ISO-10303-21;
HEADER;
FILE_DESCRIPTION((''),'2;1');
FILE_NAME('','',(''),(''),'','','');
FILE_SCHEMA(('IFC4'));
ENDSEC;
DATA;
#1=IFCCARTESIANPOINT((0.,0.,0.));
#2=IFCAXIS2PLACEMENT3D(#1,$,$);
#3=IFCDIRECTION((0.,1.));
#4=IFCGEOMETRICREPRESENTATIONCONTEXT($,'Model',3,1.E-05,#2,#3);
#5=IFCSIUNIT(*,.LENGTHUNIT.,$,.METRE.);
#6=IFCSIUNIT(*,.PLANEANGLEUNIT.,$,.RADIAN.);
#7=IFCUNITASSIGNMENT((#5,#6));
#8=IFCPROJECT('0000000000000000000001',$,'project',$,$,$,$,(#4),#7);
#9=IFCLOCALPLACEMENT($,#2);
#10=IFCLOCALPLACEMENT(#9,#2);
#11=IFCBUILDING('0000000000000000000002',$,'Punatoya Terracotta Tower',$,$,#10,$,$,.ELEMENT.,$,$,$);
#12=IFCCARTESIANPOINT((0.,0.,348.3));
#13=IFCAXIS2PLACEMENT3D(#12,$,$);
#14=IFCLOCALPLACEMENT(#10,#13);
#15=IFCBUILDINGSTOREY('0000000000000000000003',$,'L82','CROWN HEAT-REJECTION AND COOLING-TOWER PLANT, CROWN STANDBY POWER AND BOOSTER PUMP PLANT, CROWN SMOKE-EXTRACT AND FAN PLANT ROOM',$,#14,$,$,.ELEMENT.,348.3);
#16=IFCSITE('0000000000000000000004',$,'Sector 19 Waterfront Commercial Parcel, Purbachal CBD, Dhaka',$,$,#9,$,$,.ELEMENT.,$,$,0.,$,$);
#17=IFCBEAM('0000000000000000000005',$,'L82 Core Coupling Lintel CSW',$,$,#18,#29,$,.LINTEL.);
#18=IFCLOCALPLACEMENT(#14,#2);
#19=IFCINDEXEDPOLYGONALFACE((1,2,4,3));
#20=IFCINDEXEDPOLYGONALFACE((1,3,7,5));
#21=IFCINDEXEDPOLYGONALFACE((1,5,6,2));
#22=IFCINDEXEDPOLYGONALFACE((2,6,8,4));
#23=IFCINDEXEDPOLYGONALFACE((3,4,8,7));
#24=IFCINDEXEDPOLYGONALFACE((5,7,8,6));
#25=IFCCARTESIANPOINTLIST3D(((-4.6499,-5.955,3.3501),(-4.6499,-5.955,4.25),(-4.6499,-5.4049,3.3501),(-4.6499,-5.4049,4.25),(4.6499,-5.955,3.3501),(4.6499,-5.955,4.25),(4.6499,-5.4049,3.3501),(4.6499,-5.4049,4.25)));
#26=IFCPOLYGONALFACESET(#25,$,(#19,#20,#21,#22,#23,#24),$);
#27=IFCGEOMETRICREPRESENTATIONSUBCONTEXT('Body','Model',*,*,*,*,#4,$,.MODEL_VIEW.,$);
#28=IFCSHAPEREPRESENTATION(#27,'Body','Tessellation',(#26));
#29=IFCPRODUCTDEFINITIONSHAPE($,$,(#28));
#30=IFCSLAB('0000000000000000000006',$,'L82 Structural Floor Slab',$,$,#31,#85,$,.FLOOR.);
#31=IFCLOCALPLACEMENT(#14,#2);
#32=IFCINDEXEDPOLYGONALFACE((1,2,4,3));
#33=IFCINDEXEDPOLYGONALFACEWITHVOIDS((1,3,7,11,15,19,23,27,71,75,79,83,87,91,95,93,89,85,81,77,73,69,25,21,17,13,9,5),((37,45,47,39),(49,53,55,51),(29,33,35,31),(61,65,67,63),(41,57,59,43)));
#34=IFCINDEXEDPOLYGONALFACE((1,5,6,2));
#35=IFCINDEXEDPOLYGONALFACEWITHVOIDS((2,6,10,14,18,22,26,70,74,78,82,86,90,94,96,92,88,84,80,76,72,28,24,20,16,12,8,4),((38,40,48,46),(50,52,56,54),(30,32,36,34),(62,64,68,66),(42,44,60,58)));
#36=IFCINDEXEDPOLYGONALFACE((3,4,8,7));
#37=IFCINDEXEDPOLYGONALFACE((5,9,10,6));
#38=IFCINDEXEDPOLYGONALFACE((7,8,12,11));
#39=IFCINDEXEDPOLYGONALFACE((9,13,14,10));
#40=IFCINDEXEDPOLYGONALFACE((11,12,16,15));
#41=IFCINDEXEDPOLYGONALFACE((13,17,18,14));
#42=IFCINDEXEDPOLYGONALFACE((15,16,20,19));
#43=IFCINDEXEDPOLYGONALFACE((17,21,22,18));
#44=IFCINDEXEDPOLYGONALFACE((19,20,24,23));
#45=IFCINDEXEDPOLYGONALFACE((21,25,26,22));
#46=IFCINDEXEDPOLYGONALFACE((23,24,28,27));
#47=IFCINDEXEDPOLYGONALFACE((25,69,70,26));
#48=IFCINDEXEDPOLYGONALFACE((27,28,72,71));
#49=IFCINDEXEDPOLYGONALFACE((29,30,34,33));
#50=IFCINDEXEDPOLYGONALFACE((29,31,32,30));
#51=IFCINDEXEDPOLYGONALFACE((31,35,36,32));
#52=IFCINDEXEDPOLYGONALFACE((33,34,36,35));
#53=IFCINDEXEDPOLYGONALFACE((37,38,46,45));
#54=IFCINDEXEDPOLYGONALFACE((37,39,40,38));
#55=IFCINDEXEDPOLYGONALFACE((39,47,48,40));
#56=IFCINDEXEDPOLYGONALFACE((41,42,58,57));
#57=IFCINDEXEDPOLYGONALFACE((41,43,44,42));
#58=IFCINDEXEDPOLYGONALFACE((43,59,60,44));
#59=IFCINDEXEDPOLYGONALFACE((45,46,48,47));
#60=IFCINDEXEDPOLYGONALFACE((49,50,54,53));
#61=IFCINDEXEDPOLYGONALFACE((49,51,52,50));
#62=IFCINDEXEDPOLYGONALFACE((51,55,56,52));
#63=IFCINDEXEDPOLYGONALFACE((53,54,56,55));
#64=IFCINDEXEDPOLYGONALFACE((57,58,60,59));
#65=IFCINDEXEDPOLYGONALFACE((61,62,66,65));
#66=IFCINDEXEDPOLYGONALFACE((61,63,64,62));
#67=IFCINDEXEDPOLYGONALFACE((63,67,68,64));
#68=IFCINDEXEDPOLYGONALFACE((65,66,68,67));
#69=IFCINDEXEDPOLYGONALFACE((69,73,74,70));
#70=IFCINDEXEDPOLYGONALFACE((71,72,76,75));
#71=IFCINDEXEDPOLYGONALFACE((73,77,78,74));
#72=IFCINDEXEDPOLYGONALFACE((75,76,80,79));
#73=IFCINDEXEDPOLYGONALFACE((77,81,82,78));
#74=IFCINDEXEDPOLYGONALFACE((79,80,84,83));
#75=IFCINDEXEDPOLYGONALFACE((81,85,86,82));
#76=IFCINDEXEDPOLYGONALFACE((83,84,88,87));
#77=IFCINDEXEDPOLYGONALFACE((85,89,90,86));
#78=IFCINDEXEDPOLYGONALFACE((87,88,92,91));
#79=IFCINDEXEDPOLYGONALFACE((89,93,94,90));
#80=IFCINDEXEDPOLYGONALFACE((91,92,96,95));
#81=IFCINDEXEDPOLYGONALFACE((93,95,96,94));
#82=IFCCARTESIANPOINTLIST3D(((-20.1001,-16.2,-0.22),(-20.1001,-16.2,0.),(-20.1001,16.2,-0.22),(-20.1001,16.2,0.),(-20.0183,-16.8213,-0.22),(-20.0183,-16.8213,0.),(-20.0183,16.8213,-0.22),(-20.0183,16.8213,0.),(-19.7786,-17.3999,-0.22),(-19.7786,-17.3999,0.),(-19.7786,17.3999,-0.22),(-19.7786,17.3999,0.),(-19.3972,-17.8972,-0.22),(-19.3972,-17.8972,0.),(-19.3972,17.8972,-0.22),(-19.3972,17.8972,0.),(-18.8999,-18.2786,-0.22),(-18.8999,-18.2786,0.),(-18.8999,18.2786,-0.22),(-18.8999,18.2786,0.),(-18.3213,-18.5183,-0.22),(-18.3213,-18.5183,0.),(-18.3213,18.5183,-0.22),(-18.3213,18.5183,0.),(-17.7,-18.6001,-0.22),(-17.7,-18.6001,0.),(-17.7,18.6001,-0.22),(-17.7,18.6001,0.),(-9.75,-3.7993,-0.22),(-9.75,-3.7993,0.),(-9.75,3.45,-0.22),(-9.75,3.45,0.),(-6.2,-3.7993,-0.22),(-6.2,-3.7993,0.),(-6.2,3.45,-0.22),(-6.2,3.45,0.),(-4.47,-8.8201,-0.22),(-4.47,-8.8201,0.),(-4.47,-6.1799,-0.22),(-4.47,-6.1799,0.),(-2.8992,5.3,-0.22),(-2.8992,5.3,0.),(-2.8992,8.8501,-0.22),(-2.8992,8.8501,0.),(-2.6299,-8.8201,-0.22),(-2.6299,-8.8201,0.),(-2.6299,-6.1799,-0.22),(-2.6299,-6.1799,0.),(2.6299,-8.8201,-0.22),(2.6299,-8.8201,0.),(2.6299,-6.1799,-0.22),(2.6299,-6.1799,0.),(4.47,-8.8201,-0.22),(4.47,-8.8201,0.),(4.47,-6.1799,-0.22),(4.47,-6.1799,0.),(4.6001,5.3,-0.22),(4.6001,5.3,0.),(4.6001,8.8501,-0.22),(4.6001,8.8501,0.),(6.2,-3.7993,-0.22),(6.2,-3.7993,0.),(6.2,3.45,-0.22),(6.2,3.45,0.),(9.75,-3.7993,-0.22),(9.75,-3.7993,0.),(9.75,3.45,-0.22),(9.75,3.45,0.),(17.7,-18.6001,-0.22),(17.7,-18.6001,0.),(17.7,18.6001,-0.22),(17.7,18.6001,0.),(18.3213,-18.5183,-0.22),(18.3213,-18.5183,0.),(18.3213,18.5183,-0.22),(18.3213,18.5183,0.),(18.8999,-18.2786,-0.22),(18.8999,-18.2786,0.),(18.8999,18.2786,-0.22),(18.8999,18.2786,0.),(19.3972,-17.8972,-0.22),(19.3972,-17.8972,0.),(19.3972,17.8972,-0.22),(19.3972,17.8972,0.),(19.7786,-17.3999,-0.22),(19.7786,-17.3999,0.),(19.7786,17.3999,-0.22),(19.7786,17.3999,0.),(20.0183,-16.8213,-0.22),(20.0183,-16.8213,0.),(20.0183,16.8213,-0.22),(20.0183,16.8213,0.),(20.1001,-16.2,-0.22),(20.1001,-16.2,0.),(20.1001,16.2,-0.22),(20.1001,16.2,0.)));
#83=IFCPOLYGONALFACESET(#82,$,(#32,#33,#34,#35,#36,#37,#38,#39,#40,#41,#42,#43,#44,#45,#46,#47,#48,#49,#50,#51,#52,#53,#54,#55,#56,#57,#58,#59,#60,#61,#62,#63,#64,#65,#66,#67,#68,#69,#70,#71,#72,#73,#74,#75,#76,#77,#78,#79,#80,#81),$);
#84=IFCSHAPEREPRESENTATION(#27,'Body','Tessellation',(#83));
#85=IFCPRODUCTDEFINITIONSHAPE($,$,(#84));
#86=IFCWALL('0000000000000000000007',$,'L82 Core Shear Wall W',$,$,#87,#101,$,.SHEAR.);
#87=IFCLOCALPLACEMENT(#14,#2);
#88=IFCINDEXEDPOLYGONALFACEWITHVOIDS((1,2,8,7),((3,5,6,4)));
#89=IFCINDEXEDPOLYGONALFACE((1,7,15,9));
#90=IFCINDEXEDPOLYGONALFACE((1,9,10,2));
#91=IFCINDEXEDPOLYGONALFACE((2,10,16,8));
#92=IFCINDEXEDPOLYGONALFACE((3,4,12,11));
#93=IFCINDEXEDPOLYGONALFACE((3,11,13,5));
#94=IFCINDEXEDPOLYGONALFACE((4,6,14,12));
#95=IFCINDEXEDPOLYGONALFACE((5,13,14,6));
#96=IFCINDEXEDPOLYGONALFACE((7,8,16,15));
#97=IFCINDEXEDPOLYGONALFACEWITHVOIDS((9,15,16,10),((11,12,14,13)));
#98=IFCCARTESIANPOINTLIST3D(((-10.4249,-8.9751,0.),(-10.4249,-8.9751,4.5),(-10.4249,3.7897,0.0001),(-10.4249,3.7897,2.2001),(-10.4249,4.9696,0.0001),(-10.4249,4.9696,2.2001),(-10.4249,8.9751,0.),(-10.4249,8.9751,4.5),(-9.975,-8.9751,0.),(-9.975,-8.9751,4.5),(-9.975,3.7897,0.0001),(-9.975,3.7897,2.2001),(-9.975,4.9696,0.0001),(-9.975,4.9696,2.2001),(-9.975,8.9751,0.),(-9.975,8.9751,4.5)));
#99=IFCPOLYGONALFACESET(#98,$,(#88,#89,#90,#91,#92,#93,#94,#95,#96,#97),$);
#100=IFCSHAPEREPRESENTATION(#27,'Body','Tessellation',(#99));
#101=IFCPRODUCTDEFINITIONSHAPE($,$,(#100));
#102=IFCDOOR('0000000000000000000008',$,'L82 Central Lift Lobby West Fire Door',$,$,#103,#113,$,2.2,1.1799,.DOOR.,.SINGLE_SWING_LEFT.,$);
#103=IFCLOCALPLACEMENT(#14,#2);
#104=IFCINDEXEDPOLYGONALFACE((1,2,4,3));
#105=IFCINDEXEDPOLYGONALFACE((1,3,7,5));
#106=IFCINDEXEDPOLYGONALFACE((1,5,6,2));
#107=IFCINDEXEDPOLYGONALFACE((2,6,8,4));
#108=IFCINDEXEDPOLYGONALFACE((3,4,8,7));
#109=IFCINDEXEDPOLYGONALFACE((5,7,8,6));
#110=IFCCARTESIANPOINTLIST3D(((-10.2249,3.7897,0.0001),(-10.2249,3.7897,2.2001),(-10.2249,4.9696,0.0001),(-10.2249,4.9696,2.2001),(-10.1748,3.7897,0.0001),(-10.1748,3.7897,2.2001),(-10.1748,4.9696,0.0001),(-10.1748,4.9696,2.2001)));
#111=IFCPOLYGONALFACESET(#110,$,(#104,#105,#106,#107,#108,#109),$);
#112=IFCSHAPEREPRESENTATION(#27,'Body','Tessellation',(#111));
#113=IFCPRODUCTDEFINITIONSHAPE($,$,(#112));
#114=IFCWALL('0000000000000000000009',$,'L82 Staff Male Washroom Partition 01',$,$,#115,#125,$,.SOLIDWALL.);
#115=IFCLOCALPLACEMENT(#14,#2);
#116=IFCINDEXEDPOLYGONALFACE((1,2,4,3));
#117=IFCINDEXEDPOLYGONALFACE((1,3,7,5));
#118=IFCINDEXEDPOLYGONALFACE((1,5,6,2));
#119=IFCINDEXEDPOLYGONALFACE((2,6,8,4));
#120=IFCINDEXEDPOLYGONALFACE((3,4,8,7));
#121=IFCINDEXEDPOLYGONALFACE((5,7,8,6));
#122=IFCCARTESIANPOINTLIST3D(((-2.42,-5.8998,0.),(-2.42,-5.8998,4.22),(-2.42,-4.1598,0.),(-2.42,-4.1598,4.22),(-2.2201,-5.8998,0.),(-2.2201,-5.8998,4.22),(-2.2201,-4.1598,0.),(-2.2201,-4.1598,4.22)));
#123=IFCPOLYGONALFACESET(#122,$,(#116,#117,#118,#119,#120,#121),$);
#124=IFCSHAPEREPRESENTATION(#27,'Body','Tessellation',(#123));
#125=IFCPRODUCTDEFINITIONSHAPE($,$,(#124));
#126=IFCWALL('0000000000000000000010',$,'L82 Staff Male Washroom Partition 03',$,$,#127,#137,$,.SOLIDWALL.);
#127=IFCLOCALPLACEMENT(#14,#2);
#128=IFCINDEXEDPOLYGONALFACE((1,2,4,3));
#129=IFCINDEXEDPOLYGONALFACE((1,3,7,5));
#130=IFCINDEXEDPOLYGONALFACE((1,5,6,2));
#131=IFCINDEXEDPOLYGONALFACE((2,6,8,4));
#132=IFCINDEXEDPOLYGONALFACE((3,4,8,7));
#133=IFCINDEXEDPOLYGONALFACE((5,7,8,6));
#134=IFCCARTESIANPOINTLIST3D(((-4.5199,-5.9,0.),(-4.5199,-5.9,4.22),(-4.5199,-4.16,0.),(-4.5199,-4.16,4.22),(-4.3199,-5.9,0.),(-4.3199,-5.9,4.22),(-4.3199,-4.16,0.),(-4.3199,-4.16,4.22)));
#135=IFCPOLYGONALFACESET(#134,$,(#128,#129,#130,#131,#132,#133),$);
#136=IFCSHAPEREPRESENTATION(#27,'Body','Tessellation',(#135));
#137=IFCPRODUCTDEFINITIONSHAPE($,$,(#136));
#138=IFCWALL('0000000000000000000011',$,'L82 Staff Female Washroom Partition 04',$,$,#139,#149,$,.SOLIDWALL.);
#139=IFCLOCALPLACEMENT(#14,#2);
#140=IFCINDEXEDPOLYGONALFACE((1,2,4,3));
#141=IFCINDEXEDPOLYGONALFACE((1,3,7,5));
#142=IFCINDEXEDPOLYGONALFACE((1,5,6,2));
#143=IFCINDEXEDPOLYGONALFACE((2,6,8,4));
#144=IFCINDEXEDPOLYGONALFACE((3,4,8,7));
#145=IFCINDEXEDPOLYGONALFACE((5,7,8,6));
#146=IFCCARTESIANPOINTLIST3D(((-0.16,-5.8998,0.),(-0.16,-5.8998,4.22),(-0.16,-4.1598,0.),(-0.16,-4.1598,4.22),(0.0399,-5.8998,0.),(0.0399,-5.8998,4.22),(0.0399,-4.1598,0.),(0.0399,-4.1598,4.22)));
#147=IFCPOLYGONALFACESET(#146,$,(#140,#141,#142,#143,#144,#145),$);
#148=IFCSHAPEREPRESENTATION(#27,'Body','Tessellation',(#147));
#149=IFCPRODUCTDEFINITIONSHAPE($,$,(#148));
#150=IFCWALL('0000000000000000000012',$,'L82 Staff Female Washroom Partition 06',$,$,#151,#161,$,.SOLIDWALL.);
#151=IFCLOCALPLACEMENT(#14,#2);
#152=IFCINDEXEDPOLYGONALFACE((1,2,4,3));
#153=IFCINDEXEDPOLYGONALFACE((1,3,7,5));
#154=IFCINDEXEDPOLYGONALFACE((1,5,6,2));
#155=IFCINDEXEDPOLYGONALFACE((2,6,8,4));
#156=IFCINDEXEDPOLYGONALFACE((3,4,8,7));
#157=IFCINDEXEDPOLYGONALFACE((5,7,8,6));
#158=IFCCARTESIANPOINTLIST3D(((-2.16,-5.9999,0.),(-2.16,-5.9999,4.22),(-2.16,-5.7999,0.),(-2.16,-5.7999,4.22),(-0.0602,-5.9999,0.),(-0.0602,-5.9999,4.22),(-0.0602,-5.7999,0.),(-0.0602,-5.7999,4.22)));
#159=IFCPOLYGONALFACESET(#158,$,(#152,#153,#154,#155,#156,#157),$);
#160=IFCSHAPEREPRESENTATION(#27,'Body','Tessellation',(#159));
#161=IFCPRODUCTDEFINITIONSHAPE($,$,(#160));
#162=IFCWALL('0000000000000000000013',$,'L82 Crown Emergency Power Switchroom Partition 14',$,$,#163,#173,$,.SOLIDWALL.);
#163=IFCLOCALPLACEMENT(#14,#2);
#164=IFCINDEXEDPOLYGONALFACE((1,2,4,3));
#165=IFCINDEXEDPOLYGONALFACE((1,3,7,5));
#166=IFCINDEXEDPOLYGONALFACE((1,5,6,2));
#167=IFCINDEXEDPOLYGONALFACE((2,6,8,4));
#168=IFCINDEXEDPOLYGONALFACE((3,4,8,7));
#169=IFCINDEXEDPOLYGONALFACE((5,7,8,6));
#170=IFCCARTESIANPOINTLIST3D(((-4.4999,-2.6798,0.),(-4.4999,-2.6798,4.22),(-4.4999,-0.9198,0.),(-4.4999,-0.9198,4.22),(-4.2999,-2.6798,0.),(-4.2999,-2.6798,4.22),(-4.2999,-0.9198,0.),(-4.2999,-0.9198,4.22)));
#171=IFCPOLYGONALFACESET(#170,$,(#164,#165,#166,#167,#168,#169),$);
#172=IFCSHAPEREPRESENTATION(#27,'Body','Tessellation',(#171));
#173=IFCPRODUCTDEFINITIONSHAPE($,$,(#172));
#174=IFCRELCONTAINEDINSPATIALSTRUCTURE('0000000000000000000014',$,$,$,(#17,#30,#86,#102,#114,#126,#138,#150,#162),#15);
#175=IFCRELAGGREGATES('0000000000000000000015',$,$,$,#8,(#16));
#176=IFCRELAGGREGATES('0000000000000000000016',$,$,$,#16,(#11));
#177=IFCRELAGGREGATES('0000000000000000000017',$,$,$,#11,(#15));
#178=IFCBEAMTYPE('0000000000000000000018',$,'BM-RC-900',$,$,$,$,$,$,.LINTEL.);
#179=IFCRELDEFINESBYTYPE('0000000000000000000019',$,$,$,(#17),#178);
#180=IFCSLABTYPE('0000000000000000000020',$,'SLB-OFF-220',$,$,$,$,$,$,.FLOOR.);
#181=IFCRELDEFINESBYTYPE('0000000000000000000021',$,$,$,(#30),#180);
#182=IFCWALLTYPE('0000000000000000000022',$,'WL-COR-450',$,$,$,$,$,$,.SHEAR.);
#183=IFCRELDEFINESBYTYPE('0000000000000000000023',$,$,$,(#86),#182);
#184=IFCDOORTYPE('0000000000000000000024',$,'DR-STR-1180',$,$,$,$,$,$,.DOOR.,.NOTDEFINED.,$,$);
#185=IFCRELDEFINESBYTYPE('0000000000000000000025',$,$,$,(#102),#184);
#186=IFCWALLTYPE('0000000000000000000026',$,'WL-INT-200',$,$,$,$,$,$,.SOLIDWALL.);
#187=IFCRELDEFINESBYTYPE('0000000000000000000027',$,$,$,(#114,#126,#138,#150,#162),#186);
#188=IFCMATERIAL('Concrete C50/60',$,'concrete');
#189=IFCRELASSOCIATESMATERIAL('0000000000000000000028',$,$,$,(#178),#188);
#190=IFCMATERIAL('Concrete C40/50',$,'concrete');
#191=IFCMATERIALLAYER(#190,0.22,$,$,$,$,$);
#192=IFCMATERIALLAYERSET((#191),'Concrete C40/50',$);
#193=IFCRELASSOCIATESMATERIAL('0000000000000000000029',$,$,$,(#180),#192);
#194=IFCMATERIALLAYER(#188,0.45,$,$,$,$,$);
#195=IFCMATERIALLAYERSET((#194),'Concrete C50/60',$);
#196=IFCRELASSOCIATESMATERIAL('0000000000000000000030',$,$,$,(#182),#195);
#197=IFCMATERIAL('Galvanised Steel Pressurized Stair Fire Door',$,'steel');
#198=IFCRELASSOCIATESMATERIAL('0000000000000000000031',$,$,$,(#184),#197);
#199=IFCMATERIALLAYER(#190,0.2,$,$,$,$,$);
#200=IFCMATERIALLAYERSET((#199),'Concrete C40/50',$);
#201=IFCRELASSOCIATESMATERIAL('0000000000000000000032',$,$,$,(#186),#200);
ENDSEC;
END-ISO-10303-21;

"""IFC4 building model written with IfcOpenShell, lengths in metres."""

from ifc_helpers import new_model, si_unit, direction, frame, frame_2d, origin, origin_2d, place, context, subcontext, project, spatial, polyline, rectangle, outline, extrude, material, layer, layer_set, material_profile, profile_set, type_object, element, fill, save


model = new_model("IFC4")

# Units and contexts
model_context = context("Model", 3, precision=1e-05, world=origin(), true_north=direction((0.0, 1.0)))
body_context = subcontext(model_context, "Body", "Model", "MODEL_VIEW")
ifc_project = project(units=[si_unit("LENGTHUNIT", "METRE"), si_unit("PLANEANGLEUNIT", "RADIAN")], contexts=[model_context])

# Site, building, storey
site_placement = place(None, origin())
site = spatial("IfcSite", under=ifc_project, at=site_placement, Name="Sector 19 Waterfront Commercial Parcel, Purbachal CBD, Dhaka", CompositionType="ELEMENT", RefElevation=0.0)
building_placement = place(site_placement, origin())
building = spatial("IfcBuilding", under=site, at=building_placement, Name="Punatoya Terracotta Tower", CompositionType="ELEMENT")
storey_placement = place(building_placement, frame((0.0, 0.0, 348.3)))
storey = spatial("IfcBuildingStorey", under=building, at=storey_placement, Name="L82", Description="CROWN HEAT-REJECTION AND COOLING-TOWER PLANT, CROWN STANDBY POWER AND BOOSTER PUMP PLANT, CROWN SMOKE-EXTRACT AND FAN PLANT ROOM", CompositionType="ELEMENT", Elevation=348.3)

# Beam
ifc_material_1 = material(Name="Concrete C50/60", Category="concrete")
ifc_material_profile = material_profile(ifc_material_1, rectangle(XDim=0.55, YDim=0.8999, at=origin_2d()))
ifc_profile_set = profile_set([ifc_material_profile], Name="Concrete C50/60")
beam_type = type_object("IfcBeamType", Name="BM-RC-900", PredefinedType="LINTEL", material=ifc_profile_set)
beam_placement = place(storey_placement, frame((-4.6499, -5.6799, 3.8), z_axis=(1.0, 0.0, 0.0), x_axis=(0.0, 1.0, 0.0)))
element("IfcBeam", 1, at=beam_placement, inside=storey, type_object=beam_type, Name="L82 Core Coupling Lintel CSW", PredefinedType="LINTEL", context=body_context, shape_type="SweptSolid", body=[
    extrude(rectangle(XDim=0.55, YDim=0.8999, at=origin_2d()), origin(), (0.0, 0.0, 1.0), 9.2998),
])

# Slab
ifc_material_2 = material(Name="Concrete C40/50", Category="concrete")
ifc_layer_1 = layer(ifc_material_2, 0.22)
ifc_layer_set_1 = layer_set([ifc_layer_1], Name="Concrete C40/50")
slab_type = type_object("IfcSlabType", Name="SLB-OFF-220", PredefinedType="FLOOR", material=ifc_layer_set_1)
slab_placement = place(storey_placement, frame((0.0, 0.0, -0.22)))
element("IfcSlab", 2, at=slab_placement, inside=storey, type_object=slab_type, Name="L82 Structural Floor Slab", PredefinedType="FLOOR", context=body_context, shape_type="SweptSolid", body=[
    extrude(outline(polyline([(-17.7, -18.6001), (-18.3213, -18.5183), (-18.8999, -18.2786), (-19.3972, -17.8972), (-19.7786, -17.3999), (-20.0183, -16.8213), (-20.1001, -16.2), (-20.1001, 16.2), (-20.0183, 16.8213), (-19.7786, 17.3999), (-19.3972, 17.8972), (-18.8999, 18.2786), (-18.3213, 18.5183), (-17.7, 18.6001), (17.7, 18.6001), (18.3213, 18.5183), (18.8999, 18.2786), (19.3972, 17.8972), (19.7786, 17.3999), (20.0183, 16.8213), (20.1001, 16.2), (20.1001, -16.2), (20.0183, -16.8213), (19.7786, -17.3999), (19.3972, -17.8972), (18.8999, -18.2786), (18.3213, -18.5183), (17.7, -18.6001), (-17.7, -18.6001)]), holes=[polyline([(-4.47, -6.1799), (-4.47, -8.8201), (-2.6299, -8.8201), (-2.6299, -6.1799), (-4.47, -6.1799)]), polyline([(2.6299, -6.1799), (2.6299, -8.8201), (4.47, -8.8201), (4.47, -6.1799), (2.6299, -6.1799)]), polyline([(-9.75, -3.7993), (-6.2, -3.7993), (-6.2, 3.45), (-9.75, 3.45), (-9.75, -3.7993)]), polyline([(6.2, 3.45), (6.2, -3.7993), (9.75, -3.7993), (9.75, 3.45), (6.2, 3.45)]), polyline([(4.6001, 8.8501), (-2.8992, 8.8501), (-2.8992, 5.3), (4.6001, 5.3), (4.6001, 8.8501)])]), origin(), (0.0, 0.0, 1.0), 0.22),
])

# Wall, opening, door
ifc_layer_2 = layer(ifc_material_1, 0.45)
ifc_layer_set_2 = layer_set([ifc_layer_2], Name="Concrete C50/60")
wall_type_1 = type_object("IfcWallType", Name="WL-COR-450", PredefinedType="SHEAR", material=ifc_layer_set_2)
wall_1_placement = place(storey_placement, frame((-10.2, -8.9751, 0.0), z_axis=(0.0, 0.0, 1.0), x_axis=(0.0, 1.0, 0.0)))
wall_1 = element("IfcWall", 3, at=wall_1_placement, inside=storey, type_object=wall_type_1, Name="L82 Core Shear Wall W", PredefinedType="SHEAR", context=body_context, shape_type="SweptSolid", body=[
    extrude(rectangle(XDim=17.9502, YDim=0.45, at=frame_2d((8.9751, 0.0))), origin(), (0.0, 0.0, 1.0), 4.5),
])
opening_1_placement = place(wall_1_placement, frame((12.7649, 0.0, 0.0)))
opening_1 = element("IfcOpeningElement", 4, at=opening_1_placement, cuts=wall_1, PredefinedType="OPENING", context=body_context, shape_type="SweptSolid", body=[
    extrude(rectangle(XDim=1.1799, YDim=2.2, at=frame_2d((0.5898, 1.1001))), frame((0.0, 0.2349, 0.0), z_axis=(0.0, -1.0, 0.0), x_axis=(1.0, 0.0, 0.0)), (0.0, 0.0, 1.0), 0.47),
])
ifc_material_3 = material(Name="Galvanised Steel Pressurized Stair Fire Door", Category="steel")
door_type_1 = type_object("IfcDoorType", Name="DR-STR-1180", OperationType="NOTDEFINED", PredefinedType="DOOR", material=ifc_material_3)
door_1_placement = place(opening_1_placement, origin())
door_1 = element("IfcDoor", 5, at=door_1_placement, inside=storey, type_object=door_type_1, Name="L82 Central Lift Lobby West Fire Door", OperationType="SINGLE_SWING_LEFT", OverallHeight=2.2, OverallWidth=1.1799, PredefinedType="DOOR", context=body_context, shape_type="SweptSolid", body=[
    extrude(rectangle(XDim=1.1799, YDim=2.2, at=frame_2d((0.5898, 1.1001))), frame((0.0, 0.0249, 0.0), z_axis=(0.0, -1.0, 0.0), x_axis=(1.0, 0.0, 0.0)), (0.0, 0.0, 1.0), 0.05),
])
fill(opening_1, door_1)

# Wall
ifc_layer_3 = layer(ifc_material_2, 0.2)
ifc_layer_set_3 = layer_set([ifc_layer_3], Name="Concrete C40/50")
wall_type_2 = type_object("IfcWallType", Name="WL-INT-200", PredefinedType="SOLIDWALL", material=ifc_layer_set_3)
wall_2_placement = place(storey_placement, frame((-2.3201, -5.8999, 0.0), z_axis=(0.0, 0.0, 1.0), x_axis=(0.0, 1.0, 0.0)))
element("IfcWall", 6, at=wall_2_placement, inside=storey, type_object=wall_type_2, Name="L82 Staff Male Washroom Partition 01", PredefinedType="SOLIDWALL", context=body_context, shape_type="SweptSolid", body=[
    extrude(rectangle(XDim=1.74, YDim=0.2, at=frame_2d((0.8701, 0.0))), origin(), (0.0, 0.0, 1.0), 4.22),
])

# Walls
for number, where, z_axis, x_axis, name in (
    (7, (-4.4199, -4.1599, 0.0), (0.0, 0.0, 1.0), (0.0, -1.0, 0.0), "L82 Staff Male Washroom Partition 03"),
    (8, (-0.0601, -5.8999, 0.0), (0.0, 0.0, 1.0), (0.0, 1.0, 0.0), "L82 Staff Female Washroom Partition 04"),
):
    element("IfcWall", number, at=place(storey_placement, frame(where, z_axis=z_axis, x_axis=x_axis)), inside=storey, type_object=wall_type_2, Name=name, PredefinedType="SOLIDWALL", context=body_context, shape_type="SweptSolid", body=[
        extrude(rectangle(XDim=1.74, YDim=0.2, at=frame_2d((0.8701, 0.0))), origin(), (0.0, 0.0, 1.0), 4.22),
    ])

# Walls
wall_3_placement = place(storey_placement, frame((-2.1599, -5.8999, 0.0), z_axis=(0.0, 0.0, 1.0), x_axis=(1.0, 0.0, 0.0)))
element("IfcWall", 9, at=wall_3_placement, inside=storey, type_object=wall_type_2, Name="L82 Staff Female Washroom Partition 06", PredefinedType="SOLIDWALL", context=body_context, shape_type="SweptSolid", body=[
    extrude(rectangle(XDim=2.0999, YDim=0.2, at=frame_2d((1.0498, 0.0))), origin(), (0.0, 0.0, 1.0), 4.22),
])
wall_4_placement = place(storey_placement, frame((-4.3999, -0.9199, 0.0), z_axis=(0.0, 0.0, 1.0), x_axis=(0.0, -1.0, 0.0)))
element("IfcWall", 10, at=wall_4_placement, inside=storey, type_object=wall_type_2, Name="L82 Crown Emergency Power Switchroom Partition 14", PredefinedType="SOLIDWALL", context=body_context, shape_type="SweptSolid", body=[
    extrude(rectangle(XDim=1.76, YDim=0.2, at=frame_2d((0.8799, 0.0))), origin(), (0.0, 0.0, 1.0), 4.22),
])

save(model, "model.ifc")
